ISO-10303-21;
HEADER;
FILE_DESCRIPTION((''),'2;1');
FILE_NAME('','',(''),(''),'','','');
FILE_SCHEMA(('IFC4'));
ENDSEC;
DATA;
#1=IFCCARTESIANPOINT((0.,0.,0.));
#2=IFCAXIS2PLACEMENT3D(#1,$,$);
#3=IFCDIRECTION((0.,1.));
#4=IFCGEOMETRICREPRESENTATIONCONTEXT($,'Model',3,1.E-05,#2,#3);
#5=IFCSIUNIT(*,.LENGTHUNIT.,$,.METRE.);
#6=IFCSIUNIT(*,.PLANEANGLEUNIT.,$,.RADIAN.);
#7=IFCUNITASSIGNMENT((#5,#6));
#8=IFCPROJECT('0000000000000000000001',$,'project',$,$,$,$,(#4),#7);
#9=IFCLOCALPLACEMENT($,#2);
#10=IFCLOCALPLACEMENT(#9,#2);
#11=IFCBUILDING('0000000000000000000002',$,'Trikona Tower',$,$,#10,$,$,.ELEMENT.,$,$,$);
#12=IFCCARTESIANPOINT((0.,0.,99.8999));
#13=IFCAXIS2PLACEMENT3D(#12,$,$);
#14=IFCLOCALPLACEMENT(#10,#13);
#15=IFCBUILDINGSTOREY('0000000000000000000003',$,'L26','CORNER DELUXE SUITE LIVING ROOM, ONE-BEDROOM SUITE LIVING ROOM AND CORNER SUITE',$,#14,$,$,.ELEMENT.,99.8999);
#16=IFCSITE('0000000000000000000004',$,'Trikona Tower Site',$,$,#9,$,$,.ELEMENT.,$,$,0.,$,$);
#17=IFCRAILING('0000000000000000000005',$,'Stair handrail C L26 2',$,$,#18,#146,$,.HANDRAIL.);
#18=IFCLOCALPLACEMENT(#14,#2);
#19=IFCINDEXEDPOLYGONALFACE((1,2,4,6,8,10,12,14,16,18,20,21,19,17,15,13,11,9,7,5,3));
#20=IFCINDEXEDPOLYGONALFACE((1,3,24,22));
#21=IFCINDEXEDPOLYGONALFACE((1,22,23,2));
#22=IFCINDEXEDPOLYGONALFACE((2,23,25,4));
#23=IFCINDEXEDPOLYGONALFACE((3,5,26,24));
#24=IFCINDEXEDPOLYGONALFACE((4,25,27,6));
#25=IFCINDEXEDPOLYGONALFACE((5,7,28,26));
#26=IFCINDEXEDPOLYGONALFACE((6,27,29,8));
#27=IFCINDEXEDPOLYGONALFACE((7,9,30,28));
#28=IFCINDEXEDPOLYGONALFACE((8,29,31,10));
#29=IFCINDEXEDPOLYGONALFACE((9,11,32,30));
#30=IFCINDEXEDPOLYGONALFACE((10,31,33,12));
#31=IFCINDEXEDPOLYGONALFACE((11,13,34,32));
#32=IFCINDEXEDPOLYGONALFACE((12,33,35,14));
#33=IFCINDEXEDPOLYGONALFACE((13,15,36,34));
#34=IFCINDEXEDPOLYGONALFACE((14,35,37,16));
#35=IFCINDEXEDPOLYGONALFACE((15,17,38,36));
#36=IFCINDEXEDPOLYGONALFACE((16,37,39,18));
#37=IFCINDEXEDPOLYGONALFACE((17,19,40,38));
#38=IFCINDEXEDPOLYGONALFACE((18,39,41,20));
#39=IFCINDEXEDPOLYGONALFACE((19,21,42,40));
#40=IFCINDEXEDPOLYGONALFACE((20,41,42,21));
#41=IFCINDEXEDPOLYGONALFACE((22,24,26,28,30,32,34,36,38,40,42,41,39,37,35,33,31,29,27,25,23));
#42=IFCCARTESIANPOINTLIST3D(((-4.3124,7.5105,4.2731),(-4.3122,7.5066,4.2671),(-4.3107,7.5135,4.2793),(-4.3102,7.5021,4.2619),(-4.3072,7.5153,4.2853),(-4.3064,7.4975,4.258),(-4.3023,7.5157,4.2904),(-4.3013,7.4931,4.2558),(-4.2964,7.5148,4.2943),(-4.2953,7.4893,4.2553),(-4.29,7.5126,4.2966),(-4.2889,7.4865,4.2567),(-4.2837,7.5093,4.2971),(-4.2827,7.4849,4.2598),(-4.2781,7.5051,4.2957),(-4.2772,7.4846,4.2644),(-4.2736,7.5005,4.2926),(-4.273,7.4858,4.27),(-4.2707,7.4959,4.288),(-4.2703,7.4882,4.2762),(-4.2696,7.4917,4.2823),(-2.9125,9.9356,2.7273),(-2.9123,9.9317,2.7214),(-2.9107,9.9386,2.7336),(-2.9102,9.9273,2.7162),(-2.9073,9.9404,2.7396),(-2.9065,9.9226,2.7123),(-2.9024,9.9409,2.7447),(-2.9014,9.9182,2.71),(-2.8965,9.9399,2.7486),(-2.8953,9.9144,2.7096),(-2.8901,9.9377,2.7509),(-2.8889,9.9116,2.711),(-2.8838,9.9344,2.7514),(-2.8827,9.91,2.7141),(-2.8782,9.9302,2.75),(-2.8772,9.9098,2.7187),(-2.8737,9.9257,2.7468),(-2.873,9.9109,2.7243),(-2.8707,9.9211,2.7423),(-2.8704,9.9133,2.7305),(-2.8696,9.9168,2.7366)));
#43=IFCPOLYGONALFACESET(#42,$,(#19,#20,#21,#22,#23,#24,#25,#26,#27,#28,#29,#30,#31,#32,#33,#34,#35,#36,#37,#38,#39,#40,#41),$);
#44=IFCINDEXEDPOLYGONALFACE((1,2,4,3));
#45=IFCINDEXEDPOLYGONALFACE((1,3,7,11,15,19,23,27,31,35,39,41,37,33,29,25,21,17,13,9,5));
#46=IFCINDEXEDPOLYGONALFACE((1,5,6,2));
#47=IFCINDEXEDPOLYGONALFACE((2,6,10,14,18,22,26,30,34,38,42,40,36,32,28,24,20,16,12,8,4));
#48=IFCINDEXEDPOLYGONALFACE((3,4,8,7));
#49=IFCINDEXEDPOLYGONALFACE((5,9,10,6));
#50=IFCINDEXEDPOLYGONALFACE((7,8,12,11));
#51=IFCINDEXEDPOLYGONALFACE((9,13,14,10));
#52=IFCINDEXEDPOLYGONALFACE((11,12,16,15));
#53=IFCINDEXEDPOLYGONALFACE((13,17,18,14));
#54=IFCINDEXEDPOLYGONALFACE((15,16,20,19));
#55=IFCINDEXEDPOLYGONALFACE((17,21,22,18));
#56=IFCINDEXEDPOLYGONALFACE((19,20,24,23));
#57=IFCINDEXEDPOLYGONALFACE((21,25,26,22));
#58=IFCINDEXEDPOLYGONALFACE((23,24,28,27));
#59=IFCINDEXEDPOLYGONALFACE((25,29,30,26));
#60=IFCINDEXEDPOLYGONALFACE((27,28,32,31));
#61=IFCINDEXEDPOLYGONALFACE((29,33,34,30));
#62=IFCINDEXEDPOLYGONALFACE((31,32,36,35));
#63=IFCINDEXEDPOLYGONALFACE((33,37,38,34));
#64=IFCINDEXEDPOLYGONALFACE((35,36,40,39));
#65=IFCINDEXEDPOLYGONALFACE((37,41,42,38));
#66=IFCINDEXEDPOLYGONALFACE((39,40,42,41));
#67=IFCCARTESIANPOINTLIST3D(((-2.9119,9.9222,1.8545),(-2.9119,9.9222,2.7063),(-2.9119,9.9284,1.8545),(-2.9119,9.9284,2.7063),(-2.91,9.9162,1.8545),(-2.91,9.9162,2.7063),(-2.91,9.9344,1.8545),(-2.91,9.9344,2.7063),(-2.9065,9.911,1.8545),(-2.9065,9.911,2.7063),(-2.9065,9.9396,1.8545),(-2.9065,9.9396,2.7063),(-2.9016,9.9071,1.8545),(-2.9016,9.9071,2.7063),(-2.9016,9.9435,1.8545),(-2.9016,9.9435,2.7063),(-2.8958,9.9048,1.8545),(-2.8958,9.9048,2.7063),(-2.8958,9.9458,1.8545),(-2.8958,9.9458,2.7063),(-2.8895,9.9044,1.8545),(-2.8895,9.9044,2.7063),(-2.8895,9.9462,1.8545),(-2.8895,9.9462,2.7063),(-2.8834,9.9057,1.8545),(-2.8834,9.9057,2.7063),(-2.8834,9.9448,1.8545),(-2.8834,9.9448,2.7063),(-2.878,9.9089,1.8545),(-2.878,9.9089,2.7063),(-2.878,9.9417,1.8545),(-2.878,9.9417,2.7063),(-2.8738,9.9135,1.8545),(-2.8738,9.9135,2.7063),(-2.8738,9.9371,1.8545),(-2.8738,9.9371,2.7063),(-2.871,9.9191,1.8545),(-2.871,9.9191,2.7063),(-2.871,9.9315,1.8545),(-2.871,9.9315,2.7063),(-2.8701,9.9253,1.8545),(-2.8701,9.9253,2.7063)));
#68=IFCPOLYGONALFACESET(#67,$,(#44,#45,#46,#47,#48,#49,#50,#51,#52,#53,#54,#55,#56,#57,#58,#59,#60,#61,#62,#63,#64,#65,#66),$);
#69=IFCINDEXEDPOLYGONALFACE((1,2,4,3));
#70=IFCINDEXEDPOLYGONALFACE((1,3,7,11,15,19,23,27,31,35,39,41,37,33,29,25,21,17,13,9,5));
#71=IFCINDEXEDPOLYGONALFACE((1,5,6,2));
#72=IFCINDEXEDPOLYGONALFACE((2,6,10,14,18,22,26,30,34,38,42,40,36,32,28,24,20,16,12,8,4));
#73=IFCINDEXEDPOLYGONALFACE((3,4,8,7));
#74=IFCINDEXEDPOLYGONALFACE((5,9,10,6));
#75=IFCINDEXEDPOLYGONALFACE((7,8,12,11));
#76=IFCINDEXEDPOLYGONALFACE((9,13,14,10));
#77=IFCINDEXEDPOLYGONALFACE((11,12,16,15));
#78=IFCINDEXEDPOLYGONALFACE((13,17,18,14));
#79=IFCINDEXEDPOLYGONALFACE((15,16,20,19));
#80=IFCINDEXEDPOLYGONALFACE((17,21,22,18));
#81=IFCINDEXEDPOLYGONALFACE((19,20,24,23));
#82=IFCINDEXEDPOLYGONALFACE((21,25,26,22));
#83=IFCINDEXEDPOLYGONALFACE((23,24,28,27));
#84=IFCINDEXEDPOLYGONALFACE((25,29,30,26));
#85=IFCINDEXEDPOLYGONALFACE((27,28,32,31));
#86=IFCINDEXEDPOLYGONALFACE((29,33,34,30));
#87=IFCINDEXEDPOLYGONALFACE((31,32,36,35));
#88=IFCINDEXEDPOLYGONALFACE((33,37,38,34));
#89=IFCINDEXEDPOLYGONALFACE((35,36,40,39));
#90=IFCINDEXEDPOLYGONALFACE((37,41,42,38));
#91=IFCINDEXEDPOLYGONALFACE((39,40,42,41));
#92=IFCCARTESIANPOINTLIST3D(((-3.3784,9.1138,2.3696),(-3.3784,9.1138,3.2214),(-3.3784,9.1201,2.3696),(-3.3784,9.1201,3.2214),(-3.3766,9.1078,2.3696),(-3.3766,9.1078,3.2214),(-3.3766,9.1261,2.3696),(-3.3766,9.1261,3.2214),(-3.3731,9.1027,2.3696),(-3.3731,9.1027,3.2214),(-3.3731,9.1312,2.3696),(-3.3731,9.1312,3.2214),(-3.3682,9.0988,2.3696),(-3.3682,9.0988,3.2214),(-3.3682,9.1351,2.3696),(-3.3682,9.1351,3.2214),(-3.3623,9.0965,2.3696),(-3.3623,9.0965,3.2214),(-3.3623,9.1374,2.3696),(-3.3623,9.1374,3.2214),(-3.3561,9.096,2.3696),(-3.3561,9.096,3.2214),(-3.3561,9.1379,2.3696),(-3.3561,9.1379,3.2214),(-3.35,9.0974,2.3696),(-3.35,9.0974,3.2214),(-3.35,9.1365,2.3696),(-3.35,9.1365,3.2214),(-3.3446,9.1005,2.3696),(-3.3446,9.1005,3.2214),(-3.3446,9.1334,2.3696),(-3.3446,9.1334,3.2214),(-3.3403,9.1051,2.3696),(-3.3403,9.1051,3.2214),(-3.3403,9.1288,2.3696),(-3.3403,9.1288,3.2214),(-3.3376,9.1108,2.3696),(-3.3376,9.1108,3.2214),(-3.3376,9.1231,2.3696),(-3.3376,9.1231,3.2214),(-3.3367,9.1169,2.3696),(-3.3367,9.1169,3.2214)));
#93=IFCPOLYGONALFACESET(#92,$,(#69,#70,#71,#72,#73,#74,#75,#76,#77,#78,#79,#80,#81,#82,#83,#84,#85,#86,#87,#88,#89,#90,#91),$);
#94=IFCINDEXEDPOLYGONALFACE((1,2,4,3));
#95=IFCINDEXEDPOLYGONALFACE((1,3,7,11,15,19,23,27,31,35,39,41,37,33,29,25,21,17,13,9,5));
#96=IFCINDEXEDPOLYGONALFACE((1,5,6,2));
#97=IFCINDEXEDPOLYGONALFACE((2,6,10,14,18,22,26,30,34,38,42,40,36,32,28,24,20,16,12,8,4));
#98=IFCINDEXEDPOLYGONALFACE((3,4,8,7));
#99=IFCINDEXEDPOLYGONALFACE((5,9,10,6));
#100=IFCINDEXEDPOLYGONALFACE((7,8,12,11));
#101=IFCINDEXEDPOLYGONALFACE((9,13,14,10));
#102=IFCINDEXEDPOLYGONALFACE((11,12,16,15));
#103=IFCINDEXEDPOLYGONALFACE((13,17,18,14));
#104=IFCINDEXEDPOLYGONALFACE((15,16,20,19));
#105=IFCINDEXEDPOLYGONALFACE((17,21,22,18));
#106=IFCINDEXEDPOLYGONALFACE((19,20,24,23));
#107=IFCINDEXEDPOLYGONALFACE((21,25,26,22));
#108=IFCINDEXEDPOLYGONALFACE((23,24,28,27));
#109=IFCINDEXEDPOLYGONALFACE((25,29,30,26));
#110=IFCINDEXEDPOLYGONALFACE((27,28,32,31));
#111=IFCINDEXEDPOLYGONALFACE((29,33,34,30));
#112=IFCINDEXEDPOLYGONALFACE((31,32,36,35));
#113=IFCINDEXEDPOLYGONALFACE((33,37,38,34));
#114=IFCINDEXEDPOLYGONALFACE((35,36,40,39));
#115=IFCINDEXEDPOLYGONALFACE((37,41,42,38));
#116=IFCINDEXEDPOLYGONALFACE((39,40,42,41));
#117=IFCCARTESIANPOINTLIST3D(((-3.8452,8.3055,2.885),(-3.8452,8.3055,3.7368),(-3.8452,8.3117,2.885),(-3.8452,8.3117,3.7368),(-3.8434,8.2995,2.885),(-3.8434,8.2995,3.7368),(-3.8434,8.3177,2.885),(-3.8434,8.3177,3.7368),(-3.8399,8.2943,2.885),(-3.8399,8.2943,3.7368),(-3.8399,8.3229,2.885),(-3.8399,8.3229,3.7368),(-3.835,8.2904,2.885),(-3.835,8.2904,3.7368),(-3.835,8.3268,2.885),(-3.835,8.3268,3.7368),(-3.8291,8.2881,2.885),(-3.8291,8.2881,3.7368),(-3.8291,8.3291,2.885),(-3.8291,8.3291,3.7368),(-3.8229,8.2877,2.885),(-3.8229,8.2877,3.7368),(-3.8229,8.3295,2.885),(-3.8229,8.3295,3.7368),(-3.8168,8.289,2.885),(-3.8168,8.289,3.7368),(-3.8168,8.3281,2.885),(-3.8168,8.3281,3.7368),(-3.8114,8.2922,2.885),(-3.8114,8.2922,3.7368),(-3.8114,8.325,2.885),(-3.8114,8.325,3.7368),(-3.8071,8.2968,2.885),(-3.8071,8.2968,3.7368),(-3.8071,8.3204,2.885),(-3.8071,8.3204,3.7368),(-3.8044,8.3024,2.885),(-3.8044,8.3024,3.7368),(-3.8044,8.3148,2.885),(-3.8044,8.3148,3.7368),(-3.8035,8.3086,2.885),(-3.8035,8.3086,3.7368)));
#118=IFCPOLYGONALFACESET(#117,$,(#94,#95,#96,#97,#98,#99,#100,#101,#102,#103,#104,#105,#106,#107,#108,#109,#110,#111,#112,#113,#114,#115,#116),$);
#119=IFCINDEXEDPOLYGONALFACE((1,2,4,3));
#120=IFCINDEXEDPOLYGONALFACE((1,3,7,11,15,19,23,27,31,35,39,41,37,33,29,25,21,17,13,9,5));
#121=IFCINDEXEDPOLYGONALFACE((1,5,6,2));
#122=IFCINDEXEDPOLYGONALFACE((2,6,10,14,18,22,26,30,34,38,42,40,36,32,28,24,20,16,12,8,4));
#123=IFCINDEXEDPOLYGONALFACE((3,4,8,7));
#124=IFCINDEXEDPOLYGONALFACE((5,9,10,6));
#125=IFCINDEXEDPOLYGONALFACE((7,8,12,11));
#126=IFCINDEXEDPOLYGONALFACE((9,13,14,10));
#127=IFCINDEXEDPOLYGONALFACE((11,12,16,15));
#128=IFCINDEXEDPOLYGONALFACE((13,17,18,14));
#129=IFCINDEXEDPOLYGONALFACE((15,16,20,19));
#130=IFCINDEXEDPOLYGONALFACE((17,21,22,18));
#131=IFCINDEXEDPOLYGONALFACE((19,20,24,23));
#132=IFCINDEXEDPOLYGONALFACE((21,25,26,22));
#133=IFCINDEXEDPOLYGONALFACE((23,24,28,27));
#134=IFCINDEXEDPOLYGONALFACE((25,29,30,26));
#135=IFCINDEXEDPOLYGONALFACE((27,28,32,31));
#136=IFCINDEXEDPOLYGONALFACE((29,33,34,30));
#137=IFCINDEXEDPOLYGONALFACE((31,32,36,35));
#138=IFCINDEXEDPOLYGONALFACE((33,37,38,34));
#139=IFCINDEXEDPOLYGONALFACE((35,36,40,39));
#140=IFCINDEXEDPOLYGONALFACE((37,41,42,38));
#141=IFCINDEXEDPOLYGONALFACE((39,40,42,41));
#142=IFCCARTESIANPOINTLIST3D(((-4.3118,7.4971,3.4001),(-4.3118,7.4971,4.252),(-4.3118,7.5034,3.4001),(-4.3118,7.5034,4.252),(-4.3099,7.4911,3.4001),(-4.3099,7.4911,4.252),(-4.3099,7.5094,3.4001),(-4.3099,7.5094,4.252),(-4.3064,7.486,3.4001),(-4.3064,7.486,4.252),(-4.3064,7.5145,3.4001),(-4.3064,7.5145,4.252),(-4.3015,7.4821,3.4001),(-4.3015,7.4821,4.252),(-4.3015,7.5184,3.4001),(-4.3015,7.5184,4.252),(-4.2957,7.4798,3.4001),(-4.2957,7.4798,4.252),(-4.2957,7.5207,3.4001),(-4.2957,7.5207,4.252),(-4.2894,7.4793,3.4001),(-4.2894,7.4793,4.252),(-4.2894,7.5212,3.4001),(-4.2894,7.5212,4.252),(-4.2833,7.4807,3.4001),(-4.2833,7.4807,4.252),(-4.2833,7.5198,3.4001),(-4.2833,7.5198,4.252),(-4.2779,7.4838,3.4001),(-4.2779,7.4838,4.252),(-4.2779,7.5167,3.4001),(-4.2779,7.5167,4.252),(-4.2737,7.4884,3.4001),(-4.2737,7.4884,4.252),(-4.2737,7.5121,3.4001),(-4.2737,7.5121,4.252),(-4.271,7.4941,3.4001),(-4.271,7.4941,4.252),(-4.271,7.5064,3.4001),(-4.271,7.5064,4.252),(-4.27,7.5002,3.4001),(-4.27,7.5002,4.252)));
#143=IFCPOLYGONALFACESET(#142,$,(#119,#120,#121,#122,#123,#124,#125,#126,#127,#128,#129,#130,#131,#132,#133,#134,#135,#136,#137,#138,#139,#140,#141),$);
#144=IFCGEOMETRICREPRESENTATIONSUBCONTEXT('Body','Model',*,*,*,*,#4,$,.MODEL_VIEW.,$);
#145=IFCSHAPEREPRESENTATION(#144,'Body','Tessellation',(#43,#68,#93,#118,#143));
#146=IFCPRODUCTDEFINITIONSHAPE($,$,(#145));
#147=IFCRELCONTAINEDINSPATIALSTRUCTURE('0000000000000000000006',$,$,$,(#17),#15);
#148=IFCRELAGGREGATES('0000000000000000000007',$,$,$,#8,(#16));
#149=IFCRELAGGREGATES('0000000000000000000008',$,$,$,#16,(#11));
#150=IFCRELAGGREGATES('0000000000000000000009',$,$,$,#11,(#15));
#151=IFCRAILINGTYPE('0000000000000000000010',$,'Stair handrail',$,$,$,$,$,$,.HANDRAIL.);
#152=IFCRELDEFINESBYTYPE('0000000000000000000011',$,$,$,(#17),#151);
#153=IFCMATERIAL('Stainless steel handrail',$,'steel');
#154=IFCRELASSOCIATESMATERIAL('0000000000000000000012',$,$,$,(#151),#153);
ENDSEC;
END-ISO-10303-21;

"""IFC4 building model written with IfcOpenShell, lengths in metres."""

from ifc_helpers import new_model, si_unit, direction, frame, origin, origin_2d, place, context, subcontext, project, spatial, circle, extrude, material, type_object, element, save


model = new_model("IFC4")

# Units and contexts
model_context = context("Model", 3, precision=1e-05, world=origin(), true_north=direction((0.0, 1.0)))
body_context = subcontext(model_context, "Body", "Model", "MODEL_VIEW")
ifc_project = project(units=[si_unit("LENGTHUNIT", "METRE"), si_unit("PLANEANGLEUNIT", "RADIAN")], contexts=[model_context])

# Site, building, storey
site_placement = place(None, origin())
site = spatial("IfcSite", under=ifc_project, at=site_placement, Name="Trikona Tower Site", CompositionType="ELEMENT", RefElevation=0.0)
building_placement = place(site_placement, origin())
building = spatial("IfcBuilding", under=site, at=building_placement, Name="Trikona Tower", CompositionType="ELEMENT")
storey_placement = place(building_placement, frame((0.0, 0.0, 99.8999)))
storey = spatial("IfcBuildingStorey", under=building, at=storey_placement, Name="L26", Description="CORNER DELUXE SUITE LIVING ROOM, ONE-BEDROOM SUITE LIVING ROOM AND CORNER SUITE", CompositionType="ELEMENT", Elevation=99.8999)

# Railing
ifc_material_1 = material(Name="Stainless steel handrail", Category="steel")
railing_type = type_object("IfcRailingType", Name="Stair handrail", PredefinedType="HANDRAIL", material=ifc_material_1)
railing_1_placement = place(storey_placement, frame((-2.8911, 9.9253, 1.8545)))
element("IfcRailing", 1, at=railing_1_placement, inside=storey, type_object=railing_type, Name="Stair handrail C L26 2", PredefinedType="HANDRAIL", context=body_context, shape_type="SweptSolid", body=[
    extrude(circle(Radius=0.0239, at=origin_2d()), frame((0.0, 0.0, 0.876), z_axis=(-0.437691, -0.758212, 0.483262), x_axis=(0.866056, -0.499946, 0.0)), (0.0, 0.0, 1.0), 3.1985),
    extrude(circle(Radius=0.021, at=origin_2d()), origin(), (0.0, 0.0, 1.0), 0.8518),
    extrude(circle(Radius=0.021, at=origin_2d()), frame((-0.4666, -0.8083, 0.5151)), (0.0, 0.0, 1.0), 0.8518),
    extrude(circle(Radius=0.021, at=origin_2d()), frame((-0.9333, -1.6167, 1.0305)), (0.0, 0.0, 1.0), 0.8518),
    extrude(circle(Radius=0.021, at=origin_2d()), frame((-1.3999, -2.425, 1.5457)), (0.0, 0.0, 1.0), 0.8518),
])

save(model, "model.ifc")
